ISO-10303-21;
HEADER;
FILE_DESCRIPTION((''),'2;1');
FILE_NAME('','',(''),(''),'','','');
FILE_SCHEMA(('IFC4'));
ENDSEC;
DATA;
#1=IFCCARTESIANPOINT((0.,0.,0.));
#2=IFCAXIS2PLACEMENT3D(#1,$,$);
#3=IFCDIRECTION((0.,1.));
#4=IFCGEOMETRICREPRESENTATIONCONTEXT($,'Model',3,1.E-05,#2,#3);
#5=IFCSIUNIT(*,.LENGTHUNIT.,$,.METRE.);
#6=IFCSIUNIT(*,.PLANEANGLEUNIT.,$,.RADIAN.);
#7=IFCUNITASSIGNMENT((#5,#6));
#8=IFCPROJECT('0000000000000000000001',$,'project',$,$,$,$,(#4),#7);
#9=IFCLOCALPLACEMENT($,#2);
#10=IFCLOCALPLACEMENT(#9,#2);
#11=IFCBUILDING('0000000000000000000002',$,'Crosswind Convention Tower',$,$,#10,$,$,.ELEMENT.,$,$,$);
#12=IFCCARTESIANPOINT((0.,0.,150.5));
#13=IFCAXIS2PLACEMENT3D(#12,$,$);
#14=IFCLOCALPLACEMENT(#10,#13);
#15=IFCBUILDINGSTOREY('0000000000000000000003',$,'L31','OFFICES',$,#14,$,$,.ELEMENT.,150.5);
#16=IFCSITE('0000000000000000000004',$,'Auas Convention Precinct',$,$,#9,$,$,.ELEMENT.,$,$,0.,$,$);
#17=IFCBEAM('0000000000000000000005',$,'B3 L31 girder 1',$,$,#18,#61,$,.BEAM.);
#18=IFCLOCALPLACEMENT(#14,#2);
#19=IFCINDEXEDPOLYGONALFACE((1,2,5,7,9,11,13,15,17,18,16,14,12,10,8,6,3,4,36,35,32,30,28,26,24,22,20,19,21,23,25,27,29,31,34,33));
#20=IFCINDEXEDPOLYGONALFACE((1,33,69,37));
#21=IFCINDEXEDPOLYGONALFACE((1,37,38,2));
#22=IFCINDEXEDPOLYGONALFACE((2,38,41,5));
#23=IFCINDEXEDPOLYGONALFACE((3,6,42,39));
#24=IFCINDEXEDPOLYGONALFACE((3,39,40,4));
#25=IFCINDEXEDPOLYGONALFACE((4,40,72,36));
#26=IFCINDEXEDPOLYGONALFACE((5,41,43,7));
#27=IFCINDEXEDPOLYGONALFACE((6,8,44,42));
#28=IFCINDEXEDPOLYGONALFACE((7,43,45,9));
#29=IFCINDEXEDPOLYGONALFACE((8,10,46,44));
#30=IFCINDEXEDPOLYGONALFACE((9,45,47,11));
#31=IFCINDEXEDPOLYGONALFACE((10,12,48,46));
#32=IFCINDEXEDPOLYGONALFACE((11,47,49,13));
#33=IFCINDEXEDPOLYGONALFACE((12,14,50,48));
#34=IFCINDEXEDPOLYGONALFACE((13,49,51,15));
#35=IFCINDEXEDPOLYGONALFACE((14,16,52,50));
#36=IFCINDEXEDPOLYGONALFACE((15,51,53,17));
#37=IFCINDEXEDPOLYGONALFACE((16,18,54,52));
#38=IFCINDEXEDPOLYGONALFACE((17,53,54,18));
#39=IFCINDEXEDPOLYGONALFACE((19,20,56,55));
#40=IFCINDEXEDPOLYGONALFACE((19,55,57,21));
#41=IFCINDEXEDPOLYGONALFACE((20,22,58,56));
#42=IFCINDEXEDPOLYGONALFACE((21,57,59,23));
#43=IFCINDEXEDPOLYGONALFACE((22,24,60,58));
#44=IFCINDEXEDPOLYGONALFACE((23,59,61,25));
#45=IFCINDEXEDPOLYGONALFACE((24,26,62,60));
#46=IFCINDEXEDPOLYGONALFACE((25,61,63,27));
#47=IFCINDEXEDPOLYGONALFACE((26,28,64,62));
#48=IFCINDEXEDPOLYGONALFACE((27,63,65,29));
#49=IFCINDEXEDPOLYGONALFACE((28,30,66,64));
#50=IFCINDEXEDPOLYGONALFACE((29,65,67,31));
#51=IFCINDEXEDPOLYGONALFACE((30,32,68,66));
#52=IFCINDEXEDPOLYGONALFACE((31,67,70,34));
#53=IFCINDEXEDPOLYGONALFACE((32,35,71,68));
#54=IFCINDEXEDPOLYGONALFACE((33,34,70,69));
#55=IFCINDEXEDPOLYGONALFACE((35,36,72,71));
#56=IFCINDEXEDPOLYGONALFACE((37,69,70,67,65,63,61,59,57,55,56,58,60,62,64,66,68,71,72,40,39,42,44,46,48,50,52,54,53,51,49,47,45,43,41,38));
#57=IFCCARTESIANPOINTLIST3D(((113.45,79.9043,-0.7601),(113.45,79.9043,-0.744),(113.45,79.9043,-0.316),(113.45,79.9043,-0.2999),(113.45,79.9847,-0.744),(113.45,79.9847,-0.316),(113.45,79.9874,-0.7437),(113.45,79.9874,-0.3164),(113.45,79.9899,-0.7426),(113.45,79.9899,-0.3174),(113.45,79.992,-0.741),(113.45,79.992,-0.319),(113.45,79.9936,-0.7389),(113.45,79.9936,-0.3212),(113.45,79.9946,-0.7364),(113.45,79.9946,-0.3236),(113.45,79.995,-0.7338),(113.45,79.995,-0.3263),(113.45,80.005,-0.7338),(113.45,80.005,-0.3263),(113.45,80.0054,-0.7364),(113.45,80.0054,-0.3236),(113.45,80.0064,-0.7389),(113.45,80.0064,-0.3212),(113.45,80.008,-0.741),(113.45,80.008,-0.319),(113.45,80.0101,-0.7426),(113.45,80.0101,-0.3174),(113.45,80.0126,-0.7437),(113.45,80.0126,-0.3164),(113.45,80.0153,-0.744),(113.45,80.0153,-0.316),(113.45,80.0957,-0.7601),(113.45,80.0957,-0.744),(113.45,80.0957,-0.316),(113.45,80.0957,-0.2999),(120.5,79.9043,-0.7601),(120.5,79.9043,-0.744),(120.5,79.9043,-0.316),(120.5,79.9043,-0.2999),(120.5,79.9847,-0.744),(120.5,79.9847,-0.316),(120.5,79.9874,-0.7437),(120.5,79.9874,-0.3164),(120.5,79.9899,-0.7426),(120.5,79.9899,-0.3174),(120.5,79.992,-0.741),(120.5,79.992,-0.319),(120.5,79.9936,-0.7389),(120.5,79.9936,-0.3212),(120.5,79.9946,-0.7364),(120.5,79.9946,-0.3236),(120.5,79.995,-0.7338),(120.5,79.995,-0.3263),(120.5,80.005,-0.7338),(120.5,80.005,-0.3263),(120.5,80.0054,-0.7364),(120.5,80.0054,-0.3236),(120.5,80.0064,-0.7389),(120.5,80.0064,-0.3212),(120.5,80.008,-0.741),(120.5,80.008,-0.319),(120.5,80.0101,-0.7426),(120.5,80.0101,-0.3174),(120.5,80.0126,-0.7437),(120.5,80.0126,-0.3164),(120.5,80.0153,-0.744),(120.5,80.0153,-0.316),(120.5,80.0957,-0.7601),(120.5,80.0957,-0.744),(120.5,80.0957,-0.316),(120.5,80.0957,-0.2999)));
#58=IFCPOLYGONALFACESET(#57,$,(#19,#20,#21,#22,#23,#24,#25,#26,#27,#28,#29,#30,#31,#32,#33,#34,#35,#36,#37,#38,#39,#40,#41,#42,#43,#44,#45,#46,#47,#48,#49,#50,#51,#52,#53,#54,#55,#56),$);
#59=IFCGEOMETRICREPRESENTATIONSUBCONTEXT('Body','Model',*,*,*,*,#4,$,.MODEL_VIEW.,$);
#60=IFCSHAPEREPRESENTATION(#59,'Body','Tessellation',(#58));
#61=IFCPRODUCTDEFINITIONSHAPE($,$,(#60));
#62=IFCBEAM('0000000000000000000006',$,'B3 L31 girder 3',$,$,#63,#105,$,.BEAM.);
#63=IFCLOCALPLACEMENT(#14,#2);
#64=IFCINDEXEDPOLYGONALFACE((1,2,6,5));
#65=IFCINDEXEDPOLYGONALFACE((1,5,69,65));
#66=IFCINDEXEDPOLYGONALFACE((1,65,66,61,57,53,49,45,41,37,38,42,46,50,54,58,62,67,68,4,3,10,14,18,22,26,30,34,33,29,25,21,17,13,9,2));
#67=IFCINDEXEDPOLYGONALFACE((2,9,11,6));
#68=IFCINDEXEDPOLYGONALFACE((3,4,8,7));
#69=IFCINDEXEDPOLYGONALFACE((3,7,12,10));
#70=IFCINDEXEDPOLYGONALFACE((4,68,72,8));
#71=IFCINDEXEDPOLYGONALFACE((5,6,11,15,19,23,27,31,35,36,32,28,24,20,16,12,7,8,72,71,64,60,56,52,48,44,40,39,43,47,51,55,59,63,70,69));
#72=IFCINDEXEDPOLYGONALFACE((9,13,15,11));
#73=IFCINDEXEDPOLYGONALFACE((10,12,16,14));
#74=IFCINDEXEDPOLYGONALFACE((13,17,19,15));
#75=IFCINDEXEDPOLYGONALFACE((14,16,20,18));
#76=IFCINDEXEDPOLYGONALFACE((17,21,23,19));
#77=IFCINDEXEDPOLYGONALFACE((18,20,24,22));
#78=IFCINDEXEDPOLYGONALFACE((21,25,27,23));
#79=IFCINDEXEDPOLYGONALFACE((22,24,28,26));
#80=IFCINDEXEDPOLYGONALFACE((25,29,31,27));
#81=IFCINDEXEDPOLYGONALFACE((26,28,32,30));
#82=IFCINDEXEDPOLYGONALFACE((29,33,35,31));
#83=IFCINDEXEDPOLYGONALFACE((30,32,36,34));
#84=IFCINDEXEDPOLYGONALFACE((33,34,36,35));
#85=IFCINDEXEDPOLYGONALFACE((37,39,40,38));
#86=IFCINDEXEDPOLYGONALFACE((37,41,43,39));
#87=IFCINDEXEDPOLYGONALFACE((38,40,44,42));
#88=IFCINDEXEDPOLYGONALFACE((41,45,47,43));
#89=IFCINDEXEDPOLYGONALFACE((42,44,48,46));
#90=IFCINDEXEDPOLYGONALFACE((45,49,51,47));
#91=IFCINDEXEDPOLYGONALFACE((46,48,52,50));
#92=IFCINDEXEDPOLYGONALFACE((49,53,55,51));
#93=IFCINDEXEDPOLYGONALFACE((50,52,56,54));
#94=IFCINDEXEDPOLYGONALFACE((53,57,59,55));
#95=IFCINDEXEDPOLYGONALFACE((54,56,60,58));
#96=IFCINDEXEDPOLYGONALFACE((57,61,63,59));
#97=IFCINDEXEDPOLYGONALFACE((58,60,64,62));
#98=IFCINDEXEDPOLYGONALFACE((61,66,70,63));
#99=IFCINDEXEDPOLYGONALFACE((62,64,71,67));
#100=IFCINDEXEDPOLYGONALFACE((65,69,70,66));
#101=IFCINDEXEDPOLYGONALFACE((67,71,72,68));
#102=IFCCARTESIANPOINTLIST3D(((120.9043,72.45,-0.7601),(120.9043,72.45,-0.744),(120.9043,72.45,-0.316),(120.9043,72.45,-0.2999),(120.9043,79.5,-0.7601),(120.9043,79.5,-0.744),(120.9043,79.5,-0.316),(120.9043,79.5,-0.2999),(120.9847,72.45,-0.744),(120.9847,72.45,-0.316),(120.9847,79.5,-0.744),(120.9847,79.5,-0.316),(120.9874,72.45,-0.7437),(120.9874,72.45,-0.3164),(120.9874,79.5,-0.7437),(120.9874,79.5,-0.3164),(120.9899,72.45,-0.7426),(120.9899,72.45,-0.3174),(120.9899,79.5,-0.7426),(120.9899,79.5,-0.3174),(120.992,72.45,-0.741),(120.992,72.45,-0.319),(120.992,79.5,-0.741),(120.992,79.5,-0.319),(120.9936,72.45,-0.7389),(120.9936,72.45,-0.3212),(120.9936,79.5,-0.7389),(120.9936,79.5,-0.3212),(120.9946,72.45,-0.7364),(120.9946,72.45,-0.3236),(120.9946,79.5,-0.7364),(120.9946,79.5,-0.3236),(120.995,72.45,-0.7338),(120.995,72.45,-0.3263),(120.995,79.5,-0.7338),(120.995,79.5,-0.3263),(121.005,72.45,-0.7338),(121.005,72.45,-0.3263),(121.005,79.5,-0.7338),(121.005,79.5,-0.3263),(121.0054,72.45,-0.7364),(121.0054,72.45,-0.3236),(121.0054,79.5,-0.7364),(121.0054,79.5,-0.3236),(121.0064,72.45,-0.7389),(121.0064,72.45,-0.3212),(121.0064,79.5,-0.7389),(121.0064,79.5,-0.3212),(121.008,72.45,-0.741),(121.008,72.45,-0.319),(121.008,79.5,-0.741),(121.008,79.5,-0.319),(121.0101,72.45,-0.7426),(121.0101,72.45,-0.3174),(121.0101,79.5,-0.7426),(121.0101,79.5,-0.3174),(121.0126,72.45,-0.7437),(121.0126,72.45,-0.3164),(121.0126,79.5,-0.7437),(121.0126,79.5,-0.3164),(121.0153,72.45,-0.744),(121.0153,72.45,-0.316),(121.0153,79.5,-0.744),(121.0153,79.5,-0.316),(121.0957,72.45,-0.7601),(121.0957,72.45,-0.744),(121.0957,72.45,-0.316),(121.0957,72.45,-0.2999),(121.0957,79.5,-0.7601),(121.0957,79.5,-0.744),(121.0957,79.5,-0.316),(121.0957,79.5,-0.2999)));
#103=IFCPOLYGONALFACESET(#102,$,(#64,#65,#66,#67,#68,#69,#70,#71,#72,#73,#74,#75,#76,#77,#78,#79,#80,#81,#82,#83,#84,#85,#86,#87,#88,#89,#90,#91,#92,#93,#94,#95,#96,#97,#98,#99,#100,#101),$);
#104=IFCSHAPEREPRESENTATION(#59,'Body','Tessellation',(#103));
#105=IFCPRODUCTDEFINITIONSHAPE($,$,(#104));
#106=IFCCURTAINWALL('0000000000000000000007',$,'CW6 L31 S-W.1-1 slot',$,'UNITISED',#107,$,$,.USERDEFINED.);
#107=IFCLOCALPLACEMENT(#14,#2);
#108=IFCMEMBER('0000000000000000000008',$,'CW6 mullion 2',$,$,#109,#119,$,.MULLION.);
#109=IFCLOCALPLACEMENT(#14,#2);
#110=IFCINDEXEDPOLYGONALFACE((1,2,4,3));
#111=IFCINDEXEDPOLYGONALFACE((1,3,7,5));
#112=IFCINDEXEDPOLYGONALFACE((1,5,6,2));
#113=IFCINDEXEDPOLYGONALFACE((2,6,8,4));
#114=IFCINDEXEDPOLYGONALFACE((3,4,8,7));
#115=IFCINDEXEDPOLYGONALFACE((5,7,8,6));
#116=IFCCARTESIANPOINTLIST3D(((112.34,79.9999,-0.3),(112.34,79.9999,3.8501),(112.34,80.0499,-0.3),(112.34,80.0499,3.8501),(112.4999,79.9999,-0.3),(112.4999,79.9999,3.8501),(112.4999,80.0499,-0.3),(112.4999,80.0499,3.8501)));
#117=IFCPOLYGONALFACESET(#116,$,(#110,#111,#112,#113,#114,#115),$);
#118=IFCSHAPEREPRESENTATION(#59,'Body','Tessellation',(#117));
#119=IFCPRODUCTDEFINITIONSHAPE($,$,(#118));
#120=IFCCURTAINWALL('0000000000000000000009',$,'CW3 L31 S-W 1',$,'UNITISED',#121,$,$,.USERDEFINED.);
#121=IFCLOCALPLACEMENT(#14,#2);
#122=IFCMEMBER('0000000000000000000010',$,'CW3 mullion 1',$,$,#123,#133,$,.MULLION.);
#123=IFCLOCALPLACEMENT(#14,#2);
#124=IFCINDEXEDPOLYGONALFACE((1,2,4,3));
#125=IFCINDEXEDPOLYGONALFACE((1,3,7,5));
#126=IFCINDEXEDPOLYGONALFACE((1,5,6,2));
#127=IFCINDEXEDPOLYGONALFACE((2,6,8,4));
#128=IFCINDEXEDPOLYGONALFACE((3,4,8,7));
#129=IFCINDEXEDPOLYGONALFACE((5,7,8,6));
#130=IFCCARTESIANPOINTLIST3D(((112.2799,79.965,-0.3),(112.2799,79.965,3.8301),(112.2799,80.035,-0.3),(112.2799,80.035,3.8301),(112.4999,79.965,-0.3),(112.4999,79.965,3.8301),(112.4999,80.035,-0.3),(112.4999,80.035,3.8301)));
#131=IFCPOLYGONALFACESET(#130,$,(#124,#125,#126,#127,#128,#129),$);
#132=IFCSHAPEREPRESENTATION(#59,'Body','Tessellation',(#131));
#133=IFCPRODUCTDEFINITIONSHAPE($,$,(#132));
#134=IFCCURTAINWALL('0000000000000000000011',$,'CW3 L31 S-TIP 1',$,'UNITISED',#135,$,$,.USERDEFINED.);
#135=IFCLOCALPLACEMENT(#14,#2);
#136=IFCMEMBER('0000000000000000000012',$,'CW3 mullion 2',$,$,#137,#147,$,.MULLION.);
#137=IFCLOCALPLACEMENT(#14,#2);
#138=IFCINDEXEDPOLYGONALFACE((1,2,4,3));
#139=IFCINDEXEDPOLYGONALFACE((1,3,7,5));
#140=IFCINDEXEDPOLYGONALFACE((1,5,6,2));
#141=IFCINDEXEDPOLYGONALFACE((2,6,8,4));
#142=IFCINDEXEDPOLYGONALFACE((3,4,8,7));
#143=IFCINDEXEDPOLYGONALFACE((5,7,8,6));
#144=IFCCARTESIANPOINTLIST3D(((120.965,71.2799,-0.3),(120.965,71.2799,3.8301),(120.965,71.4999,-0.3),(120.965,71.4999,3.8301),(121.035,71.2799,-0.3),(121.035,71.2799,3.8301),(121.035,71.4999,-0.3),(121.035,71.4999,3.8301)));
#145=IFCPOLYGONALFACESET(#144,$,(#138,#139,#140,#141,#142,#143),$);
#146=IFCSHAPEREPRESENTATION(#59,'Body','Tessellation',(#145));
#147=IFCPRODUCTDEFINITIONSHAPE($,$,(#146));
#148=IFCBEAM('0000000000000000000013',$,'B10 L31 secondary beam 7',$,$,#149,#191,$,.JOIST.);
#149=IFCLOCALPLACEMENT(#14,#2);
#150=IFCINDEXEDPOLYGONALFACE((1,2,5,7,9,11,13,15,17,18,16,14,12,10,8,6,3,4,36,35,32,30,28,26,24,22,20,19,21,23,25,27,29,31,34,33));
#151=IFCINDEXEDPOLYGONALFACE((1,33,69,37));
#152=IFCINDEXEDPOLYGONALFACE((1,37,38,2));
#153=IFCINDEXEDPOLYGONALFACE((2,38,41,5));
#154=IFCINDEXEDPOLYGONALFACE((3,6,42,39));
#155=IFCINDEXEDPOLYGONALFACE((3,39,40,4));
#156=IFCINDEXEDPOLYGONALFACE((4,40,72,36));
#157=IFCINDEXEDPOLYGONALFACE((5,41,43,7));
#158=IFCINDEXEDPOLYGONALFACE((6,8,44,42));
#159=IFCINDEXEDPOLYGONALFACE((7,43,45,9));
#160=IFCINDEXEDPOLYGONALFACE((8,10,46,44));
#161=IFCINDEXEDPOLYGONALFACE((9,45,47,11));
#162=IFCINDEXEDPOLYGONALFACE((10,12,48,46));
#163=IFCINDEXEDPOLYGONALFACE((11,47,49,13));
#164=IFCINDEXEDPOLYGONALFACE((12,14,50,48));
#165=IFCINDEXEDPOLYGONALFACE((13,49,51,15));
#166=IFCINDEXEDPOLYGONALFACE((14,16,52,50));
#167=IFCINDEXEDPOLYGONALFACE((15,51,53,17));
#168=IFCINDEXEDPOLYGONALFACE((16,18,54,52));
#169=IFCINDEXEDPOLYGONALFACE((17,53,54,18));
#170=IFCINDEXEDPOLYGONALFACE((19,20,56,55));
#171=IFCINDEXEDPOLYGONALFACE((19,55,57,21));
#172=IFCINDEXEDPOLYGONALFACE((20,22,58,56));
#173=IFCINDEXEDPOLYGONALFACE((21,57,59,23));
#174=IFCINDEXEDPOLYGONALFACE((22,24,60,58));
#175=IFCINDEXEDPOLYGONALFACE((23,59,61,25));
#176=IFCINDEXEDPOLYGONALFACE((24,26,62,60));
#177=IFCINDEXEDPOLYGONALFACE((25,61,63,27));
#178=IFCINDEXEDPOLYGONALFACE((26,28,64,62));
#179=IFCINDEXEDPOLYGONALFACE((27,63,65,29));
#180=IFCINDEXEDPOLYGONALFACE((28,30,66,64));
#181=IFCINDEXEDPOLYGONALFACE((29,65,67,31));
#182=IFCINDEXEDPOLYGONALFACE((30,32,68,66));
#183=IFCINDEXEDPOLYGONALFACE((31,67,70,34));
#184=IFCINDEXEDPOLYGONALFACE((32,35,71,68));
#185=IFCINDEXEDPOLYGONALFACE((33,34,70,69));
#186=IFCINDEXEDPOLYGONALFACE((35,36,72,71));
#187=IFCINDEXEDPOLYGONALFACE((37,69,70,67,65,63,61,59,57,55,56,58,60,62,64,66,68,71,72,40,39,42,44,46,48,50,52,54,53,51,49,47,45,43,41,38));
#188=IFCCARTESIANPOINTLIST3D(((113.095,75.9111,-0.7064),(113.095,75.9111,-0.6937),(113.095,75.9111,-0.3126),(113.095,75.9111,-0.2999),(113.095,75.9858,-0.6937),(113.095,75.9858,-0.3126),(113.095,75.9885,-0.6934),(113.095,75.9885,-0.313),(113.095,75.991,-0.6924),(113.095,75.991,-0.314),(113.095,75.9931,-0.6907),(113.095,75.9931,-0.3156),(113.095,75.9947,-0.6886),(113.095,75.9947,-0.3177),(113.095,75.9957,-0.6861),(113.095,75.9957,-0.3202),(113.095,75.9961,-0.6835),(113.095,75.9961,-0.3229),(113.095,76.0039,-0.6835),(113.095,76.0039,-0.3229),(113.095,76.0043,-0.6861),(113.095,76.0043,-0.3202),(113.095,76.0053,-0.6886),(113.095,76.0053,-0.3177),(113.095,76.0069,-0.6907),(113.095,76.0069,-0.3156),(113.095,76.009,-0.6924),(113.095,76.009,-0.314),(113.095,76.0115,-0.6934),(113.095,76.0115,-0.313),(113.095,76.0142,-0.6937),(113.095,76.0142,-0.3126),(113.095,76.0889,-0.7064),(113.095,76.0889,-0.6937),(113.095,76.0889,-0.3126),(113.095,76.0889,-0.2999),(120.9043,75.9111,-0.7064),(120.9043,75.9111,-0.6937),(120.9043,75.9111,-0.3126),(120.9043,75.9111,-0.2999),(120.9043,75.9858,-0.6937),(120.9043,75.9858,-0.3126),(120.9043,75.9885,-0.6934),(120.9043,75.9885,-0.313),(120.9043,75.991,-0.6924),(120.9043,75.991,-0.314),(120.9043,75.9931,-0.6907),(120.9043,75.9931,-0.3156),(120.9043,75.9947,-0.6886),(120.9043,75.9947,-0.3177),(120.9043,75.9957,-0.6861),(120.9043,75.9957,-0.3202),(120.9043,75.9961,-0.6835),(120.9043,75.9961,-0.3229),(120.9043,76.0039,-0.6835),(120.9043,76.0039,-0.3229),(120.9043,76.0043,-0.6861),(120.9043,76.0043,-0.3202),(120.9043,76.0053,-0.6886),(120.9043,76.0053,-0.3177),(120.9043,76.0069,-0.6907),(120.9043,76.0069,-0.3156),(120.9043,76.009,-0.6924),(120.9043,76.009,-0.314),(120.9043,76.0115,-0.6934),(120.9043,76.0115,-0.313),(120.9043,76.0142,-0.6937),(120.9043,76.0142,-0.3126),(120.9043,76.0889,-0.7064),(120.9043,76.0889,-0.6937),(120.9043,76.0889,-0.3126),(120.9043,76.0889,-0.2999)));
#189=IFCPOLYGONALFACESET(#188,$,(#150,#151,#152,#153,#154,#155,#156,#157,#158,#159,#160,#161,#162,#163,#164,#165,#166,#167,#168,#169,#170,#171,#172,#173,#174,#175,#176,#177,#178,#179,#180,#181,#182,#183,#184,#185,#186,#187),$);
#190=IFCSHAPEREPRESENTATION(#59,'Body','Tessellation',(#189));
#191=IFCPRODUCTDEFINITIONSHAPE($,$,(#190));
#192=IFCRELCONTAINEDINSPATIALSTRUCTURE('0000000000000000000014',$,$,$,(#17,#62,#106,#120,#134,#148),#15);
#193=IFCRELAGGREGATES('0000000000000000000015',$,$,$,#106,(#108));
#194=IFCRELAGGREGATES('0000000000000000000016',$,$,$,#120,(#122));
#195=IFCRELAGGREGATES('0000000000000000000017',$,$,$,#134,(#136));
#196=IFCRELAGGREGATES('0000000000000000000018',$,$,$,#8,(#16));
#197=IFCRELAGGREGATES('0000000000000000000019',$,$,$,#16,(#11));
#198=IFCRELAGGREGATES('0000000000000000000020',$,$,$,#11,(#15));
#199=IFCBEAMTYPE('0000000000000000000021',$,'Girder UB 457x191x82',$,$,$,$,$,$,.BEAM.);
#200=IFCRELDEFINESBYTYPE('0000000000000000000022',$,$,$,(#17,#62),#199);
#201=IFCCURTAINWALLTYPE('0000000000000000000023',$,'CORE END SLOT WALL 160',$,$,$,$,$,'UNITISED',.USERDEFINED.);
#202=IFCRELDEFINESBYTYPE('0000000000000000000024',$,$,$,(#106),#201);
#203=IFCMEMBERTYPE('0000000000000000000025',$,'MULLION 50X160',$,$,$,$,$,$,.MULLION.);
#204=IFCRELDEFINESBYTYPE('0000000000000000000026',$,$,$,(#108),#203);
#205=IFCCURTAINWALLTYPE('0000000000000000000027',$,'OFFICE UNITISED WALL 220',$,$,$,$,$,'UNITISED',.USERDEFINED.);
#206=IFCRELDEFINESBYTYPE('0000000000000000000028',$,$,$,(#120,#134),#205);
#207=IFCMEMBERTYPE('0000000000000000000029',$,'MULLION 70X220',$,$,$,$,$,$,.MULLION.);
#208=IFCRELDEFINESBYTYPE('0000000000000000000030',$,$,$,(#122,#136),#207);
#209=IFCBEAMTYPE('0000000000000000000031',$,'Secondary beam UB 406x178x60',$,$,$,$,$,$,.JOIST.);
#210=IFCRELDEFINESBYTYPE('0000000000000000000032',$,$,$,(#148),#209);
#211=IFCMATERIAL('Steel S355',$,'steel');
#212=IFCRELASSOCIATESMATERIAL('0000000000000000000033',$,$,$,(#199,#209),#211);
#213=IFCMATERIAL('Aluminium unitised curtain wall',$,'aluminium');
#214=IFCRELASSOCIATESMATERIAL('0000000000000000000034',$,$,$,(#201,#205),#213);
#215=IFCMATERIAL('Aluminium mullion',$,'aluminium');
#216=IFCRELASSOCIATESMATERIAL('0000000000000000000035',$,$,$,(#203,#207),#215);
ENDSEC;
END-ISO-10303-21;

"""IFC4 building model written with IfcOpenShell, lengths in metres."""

from ifc_helpers import new_model, si_unit, direction, frame, origin, origin_2d, place, context, subcontext, project, spatial, rectangle, i_section, extrude, material, material_profile, profile_set, type_object, element, aggregate, save


model = new_model("IFC4")

# Units and contexts
model_context = context("Model", 3, precision=1e-05, world=origin(), true_north=direction((0.0, 1.0)))
body_context = subcontext(model_context, "Body", "Model", "MODEL_VIEW")
ifc_project = project(units=[si_unit("LENGTHUNIT", "METRE"), si_unit("PLANEANGLEUNIT", "RADIAN")], contexts=[model_context])

# Site, building, storey
site_placement = place(None, origin())
site = spatial("IfcSite", under=ifc_project, at=site_placement, Name="Auas Convention Precinct", CompositionType="ELEMENT", RefElevation=0.0)
building_placement = place(site_placement, origin())
building = spatial("IfcBuilding", under=site, at=building_placement, Name="Crosswind Convention Tower", CompositionType="ELEMENT")
storey_placement = place(building_placement, frame((0.0, 0.0, 150.5)))
storey = spatial("IfcBuildingStorey", under=building, at=storey_placement, Name="L31", Description="OFFICES", CompositionType="ELEMENT", Elevation=150.5)

# Beams
ifc_material_1 = material(Name="Steel S355", Category="steel")
ifc_material_profile_1 = material_profile(ifc_material_1, i_section(OverallWidth=0.1914, OverallDepth=0.4602, WebThickness=0.01, FlangeThickness=0.0161, FilletRadius=0.0103, at=origin_2d()), Name="UB 457x191x82")
ifc_profile_set_1 = profile_set([ifc_material_profile_1], Name="Steel S355")
beam_type_1 = type_object("IfcBeamType", Name="Girder UB 457x191x82", PredefinedType="BEAM", material=ifc_profile_set_1)
for number, where, z_axis, x_axis, name in (
    (1, (113.45, 80.0, -0.53), (1.0, 0.0, 0.0), (0.0, 1.0, 0.0), "B3 L31 girder 1"),
    (2, (121.0, 72.45, -0.53), (0.0, 1.0, 0.0), (-1.0, 0.0, 0.0), "B3 L31 girder 3"),
):
    element("IfcBeam", number, at=place(storey_placement, frame(where, z_axis=z_axis, x_axis=x_axis)), inside=storey, type_object=beam_type_1, Name=name, PredefinedType="BEAM", context=body_context, shape_type="SweptSolid", body=[
        extrude(i_section(OverallWidth=0.1914, OverallDepth=0.4602, WebThickness=0.01, FlangeThickness=0.0161, FilletRadius=0.0103, at=origin_2d()), origin(), (0.0, 0.0, 1.0), 7.05),
    ])

# Curtain walls, members
ifc_material_2 = material(Name="Aluminium unitised curtain wall", Category="aluminium")
curtain_wall_type_1 = type_object("IfcCurtainWallType", Name="CORE END SLOT WALL 160", ElementType="UNITISED", PredefinedType="USERDEFINED", material=ifc_material_2)
curtain_wall_1_placement = place(storey_placement, origin())
curtain_wall_1 = element("IfcCurtainWall", 3, at=curtain_wall_1_placement, inside=storey, type_object=curtain_wall_type_1, Name="CW6 L31 S-W.1-1 slot", ObjectType="UNITISED", PredefinedType="USERDEFINED")
ifc_material_3 = material(Name="Aluminium mullion", Category="aluminium")
ifc_material_profile_2 = material_profile(ifc_material_3, rectangle(XDim=0.1599, YDim=0.05, at=origin_2d()), Name="AL 160X50")
ifc_profile_set_2 = profile_set([ifc_material_profile_2], Name="Aluminium mullion")
member_type_1 = type_object("IfcMemberType", Name="MULLION 50X160", PredefinedType="MULLION", material=ifc_profile_set_2)
member_1_placement = place(storey_placement, frame((112.4199, 80.0249, -0.3), z_axis=(0.0, 0.0, 1.0), x_axis=(-1.0, 0.0, 0.0)))
member_1 = element("IfcMember", 4, at=member_1_placement, type_object=member_type_1, Name="CW6 mullion 2", PredefinedType="MULLION", context=body_context, shape_type="SweptSolid", body=[
    extrude(rectangle(XDim=0.1599, YDim=0.05, at=origin_2d()), origin(), (0.0, 0.0, 1.0), 4.1501),
])
aggregate(curtain_wall_1, [member_1])
curtain_wall_type_2 = type_object("IfcCurtainWallType", Name="OFFICE UNITISED WALL 220", ElementType="UNITISED", PredefinedType="USERDEFINED", material=ifc_material_2)
curtain_wall_2_placement = place(storey_placement, origin())
curtain_wall_2 = element("IfcCurtainWall", 5, at=curtain_wall_2_placement, inside=storey, type_object=curtain_wall_type_2, Name="CW3 L31 S-W 1", ObjectType="UNITISED", PredefinedType="USERDEFINED")
ifc_material_profile_3 = material_profile(ifc_material_3, rectangle(XDim=0.22, YDim=0.0701, at=origin_2d()), Name="AL 220X70")
ifc_profile_set_3 = profile_set([ifc_material_profile_3], Name="Aluminium mullion")
member_type_2 = type_object("IfcMemberType", Name="MULLION 70X220", PredefinedType="MULLION", material=ifc_profile_set_3)
member_2_placement = place(storey_placement, frame((112.3899, 80.0, -0.3), z_axis=(0.0, 0.0, 1.0), x_axis=(-1.0, 0.0, 0.0)))
member_2 = element("IfcMember", 6, at=member_2_placement, type_object=member_type_2, Name="CW3 mullion 1", PredefinedType="MULLION", context=body_context, shape_type="SweptSolid", body=[
    extrude(rectangle(XDim=0.22, YDim=0.0701, at=origin_2d()), origin(), (0.0, 0.0, 1.0), 4.1301),
])
aggregate(curtain_wall_2, [member_2])
curtain_wall_3_placement = place(storey_placement, origin())
curtain_wall_3 = element("IfcCurtainWall", 7, at=curtain_wall_3_placement, inside=storey, type_object=curtain_wall_type_2, Name="CW3 L31 S-TIP 1", ObjectType="UNITISED", PredefinedType="USERDEFINED")
member_3_placement = place(storey_placement, frame((121.0, 71.3899, -0.3), z_axis=(0.0, 0.0, 1.0), x_axis=(0.0, -1.0, 0.0)))
member_3 = element("IfcMember", 8, at=member_3_placement, type_object=member_type_2, Name="CW3 mullion 2", PredefinedType="MULLION", context=body_context, shape_type="SweptSolid", body=[
    extrude(rectangle(XDim=0.22, YDim=0.0701, at=origin_2d()), origin(), (0.0, 0.0, 1.0), 4.1301),
])

# Beam
ifc_material_profile_4 = material_profile(ifc_material_1, i_section(OverallWidth=0.1777, OverallDepth=0.4065, WebThickness=0.0078, FlangeThickness=0.0127, FilletRadius=0.0103, at=origin_2d()), Name="UB 406x178x60")
ifc_profile_set_4 = profile_set([ifc_material_profile_4], Name="Steel S355")
beam_type_2 = type_object("IfcBeamType", Name="Secondary beam UB 406x178x60", PredefinedType="JOIST", material=ifc_profile_set_4)
beam_1_placement = place(storey_placement, frame((113.095, 76.0, -0.5032), z_axis=(1.0, 0.0, 0.0), x_axis=(0.0, 1.0, 0.0)))
element("IfcBeam", 9, at=beam_1_placement, inside=storey, type_object=beam_type_2, Name="B10 L31 secondary beam 7", PredefinedType="JOIST", context=body_context, shape_type="SweptSolid", body=[
    extrude(i_section(OverallWidth=0.1777, OverallDepth=0.4065, WebThickness=0.0078, FlangeThickness=0.0127, FilletRadius=0.0103, at=origin_2d()), origin(), (0.0, 0.0, 1.0), 7.8093),
])

aggregate(curtain_wall_3, [member_3])

save(model, "model.ifc")
